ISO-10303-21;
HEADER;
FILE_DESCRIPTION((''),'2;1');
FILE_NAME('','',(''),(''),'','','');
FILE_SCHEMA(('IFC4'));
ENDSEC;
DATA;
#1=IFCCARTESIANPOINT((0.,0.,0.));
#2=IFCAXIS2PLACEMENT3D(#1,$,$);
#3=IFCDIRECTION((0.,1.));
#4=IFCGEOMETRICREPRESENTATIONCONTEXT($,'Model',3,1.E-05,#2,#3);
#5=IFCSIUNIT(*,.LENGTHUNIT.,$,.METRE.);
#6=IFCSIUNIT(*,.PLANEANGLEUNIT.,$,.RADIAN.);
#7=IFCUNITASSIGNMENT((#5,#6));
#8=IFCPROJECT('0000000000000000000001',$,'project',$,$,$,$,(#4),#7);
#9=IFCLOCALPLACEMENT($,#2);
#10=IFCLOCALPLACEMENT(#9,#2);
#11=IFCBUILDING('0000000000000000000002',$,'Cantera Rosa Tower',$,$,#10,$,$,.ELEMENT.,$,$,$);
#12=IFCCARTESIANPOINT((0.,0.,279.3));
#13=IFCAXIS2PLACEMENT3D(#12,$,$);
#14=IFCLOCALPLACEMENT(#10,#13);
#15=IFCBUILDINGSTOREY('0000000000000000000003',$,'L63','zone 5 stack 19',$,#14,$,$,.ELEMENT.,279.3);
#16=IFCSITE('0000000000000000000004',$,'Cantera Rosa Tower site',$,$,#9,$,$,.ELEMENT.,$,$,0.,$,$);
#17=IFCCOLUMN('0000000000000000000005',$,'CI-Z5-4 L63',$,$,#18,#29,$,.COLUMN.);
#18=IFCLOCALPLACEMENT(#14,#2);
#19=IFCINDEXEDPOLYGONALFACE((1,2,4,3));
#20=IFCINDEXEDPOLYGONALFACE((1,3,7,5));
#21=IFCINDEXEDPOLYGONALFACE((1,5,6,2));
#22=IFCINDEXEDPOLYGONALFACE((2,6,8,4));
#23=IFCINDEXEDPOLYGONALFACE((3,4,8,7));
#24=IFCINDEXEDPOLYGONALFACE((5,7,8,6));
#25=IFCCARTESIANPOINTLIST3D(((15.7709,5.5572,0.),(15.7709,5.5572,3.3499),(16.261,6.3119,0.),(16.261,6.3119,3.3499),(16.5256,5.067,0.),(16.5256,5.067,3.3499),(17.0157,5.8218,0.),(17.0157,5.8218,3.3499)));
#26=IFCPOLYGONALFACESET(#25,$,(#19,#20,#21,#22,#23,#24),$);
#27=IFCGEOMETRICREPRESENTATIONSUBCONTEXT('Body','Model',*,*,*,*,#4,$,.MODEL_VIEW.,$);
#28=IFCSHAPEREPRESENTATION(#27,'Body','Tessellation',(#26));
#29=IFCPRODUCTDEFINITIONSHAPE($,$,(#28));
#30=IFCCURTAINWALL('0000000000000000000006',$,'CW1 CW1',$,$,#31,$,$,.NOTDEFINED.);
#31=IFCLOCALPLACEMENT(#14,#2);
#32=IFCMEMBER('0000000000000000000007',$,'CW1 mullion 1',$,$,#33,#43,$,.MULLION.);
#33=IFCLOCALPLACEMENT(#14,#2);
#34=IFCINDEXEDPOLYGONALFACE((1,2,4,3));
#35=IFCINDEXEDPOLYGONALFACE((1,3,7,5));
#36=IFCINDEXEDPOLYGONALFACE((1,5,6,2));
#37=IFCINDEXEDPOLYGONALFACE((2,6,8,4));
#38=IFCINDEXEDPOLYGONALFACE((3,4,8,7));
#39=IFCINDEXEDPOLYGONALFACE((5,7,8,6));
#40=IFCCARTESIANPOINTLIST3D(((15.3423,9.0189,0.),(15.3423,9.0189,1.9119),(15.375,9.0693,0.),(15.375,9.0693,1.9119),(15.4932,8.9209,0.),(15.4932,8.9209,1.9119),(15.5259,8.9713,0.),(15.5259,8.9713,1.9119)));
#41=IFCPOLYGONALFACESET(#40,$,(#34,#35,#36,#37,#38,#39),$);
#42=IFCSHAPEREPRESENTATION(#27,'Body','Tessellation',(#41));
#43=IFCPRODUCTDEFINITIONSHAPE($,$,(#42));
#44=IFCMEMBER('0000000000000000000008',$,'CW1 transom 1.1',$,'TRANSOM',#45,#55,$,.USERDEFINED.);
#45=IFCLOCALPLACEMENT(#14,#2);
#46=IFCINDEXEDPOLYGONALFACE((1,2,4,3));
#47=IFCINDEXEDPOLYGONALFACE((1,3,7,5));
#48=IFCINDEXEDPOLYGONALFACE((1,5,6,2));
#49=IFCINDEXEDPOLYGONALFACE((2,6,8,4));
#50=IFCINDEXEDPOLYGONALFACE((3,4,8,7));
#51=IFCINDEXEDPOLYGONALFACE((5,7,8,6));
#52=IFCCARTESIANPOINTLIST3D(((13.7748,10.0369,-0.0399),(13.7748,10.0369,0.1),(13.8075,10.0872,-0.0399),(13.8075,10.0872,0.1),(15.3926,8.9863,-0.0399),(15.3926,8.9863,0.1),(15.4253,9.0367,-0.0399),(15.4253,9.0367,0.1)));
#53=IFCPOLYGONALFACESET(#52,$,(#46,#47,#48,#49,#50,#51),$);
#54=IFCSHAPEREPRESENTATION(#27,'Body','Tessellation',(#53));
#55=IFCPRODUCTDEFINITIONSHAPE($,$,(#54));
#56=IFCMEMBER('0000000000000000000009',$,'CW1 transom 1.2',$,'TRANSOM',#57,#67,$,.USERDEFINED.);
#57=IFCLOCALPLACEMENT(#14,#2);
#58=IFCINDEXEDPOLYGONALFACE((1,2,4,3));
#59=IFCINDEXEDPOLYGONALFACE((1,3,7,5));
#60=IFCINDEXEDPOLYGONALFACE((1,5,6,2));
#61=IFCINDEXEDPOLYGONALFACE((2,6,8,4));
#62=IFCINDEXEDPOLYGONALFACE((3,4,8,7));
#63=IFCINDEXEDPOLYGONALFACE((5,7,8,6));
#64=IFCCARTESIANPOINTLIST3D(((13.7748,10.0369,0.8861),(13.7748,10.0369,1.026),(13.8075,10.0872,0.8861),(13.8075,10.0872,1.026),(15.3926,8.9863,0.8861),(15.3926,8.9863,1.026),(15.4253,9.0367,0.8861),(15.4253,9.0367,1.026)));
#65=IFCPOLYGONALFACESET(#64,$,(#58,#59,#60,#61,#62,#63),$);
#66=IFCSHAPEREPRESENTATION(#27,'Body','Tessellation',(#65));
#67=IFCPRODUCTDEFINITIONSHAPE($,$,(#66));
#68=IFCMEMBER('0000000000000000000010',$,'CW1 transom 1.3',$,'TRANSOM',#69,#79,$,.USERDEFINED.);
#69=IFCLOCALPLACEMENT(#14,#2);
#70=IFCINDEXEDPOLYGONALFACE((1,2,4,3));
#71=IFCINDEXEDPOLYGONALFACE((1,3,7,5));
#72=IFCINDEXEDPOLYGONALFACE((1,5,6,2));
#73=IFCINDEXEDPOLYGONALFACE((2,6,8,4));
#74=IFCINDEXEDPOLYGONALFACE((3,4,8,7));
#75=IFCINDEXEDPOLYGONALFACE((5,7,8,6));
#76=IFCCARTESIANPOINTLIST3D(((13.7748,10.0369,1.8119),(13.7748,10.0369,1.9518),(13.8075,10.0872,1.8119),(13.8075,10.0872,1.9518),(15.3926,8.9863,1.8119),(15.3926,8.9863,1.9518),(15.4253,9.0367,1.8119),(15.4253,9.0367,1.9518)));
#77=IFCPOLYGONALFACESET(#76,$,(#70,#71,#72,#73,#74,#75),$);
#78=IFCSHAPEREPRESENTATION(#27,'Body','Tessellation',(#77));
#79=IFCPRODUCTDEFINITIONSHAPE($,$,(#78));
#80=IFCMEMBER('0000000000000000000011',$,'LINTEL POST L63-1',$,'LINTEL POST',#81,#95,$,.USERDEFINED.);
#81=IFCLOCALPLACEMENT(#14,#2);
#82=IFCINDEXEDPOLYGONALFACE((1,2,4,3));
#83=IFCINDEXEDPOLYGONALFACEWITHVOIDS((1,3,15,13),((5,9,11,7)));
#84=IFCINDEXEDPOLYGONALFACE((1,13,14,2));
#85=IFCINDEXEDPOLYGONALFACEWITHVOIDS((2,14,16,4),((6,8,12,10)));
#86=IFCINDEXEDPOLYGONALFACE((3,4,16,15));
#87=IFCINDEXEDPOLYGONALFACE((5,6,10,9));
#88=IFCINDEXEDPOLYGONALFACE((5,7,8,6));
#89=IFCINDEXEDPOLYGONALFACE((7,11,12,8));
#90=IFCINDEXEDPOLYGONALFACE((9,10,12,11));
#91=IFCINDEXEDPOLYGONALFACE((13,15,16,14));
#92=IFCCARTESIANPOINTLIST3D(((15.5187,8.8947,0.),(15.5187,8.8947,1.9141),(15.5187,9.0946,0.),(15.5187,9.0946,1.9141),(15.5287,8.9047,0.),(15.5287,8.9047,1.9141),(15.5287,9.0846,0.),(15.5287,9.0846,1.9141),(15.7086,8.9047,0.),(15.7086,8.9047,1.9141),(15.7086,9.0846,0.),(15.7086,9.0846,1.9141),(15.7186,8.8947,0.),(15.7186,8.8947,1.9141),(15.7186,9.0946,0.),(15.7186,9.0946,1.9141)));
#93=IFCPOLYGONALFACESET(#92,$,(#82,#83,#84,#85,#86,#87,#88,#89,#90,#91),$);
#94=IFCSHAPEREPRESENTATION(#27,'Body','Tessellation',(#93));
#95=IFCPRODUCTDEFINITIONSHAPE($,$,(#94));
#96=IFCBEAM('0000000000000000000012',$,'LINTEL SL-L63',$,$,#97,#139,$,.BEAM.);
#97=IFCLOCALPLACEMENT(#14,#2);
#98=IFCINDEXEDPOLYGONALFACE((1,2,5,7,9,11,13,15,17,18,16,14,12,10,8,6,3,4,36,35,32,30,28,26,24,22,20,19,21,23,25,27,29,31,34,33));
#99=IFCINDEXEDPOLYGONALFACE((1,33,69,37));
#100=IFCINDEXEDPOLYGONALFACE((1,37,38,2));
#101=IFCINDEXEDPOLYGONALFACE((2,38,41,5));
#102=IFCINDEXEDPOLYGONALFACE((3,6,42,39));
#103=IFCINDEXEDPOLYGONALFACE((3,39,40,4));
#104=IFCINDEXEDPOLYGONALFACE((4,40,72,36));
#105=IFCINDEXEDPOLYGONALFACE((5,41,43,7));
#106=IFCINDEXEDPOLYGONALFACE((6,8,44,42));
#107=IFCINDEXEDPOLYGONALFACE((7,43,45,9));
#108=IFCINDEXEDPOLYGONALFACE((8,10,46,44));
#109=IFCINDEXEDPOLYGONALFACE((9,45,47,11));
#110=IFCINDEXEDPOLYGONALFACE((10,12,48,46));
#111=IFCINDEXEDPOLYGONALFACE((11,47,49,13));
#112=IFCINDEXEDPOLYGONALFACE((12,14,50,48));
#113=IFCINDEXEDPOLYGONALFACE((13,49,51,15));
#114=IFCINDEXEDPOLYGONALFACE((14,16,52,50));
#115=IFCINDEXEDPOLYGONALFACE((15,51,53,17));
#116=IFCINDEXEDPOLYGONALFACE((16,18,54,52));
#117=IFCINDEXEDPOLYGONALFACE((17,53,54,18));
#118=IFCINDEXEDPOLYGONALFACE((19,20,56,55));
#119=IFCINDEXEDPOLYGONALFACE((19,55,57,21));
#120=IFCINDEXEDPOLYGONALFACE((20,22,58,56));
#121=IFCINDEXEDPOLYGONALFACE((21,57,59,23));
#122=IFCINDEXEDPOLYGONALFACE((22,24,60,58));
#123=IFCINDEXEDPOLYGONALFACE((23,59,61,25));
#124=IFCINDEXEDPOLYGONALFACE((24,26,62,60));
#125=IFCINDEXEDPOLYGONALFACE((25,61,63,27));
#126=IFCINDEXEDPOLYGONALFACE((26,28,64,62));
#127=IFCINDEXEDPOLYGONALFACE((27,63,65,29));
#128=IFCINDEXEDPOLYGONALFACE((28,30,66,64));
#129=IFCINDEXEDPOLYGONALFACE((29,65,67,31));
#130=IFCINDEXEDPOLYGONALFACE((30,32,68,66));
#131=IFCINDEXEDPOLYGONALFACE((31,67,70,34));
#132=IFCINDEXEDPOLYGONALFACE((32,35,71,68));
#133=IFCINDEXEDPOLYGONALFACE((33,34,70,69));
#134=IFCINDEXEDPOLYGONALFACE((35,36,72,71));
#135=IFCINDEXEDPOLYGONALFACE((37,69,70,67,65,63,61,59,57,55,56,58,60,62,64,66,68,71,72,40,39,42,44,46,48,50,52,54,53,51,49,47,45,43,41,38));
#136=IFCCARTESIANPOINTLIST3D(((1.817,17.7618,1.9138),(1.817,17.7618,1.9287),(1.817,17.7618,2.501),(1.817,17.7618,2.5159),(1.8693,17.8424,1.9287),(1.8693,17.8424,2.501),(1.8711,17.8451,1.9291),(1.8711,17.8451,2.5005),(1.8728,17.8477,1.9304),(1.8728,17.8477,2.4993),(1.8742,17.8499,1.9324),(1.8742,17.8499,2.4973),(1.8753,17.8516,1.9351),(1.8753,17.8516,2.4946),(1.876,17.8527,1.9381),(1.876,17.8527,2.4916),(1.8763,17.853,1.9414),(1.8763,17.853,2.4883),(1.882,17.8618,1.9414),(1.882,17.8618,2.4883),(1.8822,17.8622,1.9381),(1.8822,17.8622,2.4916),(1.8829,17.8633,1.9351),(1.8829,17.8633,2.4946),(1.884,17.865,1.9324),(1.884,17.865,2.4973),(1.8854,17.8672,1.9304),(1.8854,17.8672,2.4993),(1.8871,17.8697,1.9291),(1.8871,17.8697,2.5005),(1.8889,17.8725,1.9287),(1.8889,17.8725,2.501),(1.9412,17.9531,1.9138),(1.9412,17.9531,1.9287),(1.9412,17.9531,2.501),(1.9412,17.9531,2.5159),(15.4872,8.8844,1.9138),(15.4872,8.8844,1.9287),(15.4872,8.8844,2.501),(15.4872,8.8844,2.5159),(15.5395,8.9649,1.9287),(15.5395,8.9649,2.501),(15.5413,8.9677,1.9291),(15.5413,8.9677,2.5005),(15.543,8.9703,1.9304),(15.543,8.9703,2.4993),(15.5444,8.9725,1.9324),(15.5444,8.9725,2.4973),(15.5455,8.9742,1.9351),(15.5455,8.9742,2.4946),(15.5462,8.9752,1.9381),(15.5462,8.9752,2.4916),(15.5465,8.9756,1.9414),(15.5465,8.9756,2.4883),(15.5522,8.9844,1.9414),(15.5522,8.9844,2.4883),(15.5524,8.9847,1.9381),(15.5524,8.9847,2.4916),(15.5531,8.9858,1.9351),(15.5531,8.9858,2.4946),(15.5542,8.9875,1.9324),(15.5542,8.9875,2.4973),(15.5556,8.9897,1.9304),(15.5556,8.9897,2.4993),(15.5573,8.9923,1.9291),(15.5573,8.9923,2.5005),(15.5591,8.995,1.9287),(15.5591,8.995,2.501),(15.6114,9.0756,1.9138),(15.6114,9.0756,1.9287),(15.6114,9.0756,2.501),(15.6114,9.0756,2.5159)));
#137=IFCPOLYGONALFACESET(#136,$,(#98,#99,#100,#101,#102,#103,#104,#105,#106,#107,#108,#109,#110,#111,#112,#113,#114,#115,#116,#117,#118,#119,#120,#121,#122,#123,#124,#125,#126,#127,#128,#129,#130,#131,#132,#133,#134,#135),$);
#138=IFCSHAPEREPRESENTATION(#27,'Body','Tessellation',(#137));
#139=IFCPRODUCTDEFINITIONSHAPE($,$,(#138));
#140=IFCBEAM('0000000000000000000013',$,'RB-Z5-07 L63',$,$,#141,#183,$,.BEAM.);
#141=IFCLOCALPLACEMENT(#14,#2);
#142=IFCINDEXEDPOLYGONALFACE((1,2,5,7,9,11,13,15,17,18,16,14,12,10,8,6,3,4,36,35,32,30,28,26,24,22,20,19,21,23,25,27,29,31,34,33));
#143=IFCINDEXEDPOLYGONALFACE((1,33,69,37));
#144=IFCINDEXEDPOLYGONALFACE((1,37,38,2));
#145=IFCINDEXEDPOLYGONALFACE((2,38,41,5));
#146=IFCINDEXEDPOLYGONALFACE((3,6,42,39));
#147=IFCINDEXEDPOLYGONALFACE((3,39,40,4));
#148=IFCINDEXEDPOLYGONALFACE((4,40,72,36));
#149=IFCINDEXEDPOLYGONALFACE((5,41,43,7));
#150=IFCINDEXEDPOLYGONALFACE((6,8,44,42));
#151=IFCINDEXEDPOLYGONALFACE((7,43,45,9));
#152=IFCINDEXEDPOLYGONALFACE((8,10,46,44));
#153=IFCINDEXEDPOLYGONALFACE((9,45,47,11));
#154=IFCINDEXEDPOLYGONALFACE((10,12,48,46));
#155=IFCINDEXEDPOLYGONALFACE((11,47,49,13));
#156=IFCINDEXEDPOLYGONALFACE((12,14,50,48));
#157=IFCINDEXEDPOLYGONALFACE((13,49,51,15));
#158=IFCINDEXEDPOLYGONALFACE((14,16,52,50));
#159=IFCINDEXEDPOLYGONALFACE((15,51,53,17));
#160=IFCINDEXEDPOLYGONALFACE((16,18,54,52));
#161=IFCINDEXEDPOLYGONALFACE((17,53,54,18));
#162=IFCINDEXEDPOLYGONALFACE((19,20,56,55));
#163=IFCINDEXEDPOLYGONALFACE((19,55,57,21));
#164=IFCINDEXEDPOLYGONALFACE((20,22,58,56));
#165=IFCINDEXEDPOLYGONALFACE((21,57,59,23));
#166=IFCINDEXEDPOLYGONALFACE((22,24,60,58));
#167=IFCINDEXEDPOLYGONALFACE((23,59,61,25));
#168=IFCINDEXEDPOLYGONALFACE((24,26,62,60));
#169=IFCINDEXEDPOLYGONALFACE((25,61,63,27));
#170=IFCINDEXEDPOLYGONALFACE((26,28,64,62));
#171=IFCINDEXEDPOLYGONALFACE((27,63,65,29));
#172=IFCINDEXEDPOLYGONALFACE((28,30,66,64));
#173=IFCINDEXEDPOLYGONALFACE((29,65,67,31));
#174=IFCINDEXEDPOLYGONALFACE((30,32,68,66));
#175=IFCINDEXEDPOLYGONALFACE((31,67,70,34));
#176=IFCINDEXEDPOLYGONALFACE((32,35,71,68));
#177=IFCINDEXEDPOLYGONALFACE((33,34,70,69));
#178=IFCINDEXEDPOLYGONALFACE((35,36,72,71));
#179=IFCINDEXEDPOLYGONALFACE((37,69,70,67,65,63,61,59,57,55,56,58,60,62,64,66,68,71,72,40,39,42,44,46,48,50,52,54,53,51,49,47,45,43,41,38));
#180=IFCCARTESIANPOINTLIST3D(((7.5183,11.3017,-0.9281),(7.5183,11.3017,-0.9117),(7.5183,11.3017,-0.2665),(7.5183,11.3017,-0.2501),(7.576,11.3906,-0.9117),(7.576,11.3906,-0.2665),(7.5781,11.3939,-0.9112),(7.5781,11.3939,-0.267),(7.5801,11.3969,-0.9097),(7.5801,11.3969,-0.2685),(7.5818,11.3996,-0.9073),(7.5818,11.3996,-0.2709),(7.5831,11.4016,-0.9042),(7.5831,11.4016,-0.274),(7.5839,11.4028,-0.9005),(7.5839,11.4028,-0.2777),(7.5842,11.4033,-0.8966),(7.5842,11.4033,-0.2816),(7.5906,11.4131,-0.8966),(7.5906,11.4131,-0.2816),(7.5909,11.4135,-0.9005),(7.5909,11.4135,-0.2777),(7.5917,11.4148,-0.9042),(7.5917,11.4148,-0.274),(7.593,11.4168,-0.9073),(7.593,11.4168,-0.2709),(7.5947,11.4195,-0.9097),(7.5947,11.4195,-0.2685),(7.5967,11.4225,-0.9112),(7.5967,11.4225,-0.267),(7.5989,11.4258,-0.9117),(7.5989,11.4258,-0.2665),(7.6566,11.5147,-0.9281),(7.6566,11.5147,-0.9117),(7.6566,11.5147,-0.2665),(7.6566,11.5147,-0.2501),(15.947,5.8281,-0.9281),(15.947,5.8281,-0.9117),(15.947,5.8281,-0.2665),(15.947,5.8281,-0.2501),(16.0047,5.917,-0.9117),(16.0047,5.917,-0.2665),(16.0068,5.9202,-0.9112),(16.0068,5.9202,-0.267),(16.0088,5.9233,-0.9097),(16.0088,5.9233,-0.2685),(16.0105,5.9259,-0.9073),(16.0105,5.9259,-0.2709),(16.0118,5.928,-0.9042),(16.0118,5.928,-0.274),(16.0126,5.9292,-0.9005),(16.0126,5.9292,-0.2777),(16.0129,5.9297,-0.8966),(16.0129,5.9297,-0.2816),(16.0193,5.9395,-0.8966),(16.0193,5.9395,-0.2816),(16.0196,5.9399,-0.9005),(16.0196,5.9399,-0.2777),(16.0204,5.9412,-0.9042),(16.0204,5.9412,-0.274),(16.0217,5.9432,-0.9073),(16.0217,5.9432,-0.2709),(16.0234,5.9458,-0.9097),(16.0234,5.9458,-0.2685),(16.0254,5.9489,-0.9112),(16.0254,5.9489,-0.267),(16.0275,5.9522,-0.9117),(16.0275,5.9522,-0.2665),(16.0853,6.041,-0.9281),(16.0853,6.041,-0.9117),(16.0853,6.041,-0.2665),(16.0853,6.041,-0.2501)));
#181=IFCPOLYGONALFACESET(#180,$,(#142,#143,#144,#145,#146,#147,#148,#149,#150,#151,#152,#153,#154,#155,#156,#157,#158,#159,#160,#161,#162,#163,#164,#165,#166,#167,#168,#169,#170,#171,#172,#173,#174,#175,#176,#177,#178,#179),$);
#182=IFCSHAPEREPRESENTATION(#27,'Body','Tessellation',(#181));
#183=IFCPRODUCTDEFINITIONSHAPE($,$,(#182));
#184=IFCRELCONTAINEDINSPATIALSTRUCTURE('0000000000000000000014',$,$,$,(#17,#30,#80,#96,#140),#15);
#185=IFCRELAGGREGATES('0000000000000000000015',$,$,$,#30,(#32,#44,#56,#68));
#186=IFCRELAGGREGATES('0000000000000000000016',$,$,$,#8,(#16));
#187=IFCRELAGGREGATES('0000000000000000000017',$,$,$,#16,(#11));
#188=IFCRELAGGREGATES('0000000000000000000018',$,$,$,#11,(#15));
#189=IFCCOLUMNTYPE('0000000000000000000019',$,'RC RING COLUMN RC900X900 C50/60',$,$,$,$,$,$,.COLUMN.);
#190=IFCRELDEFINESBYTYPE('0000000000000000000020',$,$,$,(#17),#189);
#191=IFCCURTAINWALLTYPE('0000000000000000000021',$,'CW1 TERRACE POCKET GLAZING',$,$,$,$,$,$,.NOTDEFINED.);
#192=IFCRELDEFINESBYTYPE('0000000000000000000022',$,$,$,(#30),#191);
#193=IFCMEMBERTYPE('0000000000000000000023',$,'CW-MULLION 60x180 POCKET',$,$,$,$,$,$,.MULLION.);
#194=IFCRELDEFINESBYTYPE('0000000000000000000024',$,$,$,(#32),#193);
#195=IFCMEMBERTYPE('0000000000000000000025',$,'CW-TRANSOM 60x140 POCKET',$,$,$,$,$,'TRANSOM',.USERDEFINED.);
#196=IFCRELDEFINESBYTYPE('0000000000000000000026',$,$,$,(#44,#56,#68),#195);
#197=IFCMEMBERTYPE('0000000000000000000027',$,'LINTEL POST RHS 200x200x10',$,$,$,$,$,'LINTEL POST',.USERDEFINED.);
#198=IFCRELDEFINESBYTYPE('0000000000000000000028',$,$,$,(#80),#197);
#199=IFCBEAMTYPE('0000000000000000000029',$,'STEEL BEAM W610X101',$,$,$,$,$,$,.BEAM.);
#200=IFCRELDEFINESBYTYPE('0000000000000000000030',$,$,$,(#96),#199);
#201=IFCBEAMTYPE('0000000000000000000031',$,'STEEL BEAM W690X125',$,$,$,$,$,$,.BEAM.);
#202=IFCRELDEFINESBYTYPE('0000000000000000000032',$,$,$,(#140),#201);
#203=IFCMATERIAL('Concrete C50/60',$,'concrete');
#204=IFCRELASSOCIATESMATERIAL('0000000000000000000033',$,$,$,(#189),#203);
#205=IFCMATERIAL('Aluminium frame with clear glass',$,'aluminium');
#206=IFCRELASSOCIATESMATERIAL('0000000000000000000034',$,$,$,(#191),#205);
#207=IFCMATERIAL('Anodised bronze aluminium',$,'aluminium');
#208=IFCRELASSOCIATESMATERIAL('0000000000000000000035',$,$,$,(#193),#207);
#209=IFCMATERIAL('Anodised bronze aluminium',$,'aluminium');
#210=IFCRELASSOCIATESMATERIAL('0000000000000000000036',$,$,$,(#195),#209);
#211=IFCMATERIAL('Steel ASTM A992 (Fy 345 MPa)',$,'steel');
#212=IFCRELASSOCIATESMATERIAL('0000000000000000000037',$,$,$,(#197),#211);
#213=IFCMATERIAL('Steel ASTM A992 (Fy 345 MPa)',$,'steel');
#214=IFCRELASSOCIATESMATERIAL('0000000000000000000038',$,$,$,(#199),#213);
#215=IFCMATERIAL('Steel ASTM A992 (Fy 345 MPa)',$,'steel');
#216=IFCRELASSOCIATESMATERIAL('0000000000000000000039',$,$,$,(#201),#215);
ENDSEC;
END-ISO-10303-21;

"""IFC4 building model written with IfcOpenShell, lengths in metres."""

from ifc_helpers import new_model, si_unit, direction, frame, origin, origin_2d, place, context, subcontext, project, spatial, rectangle, hollow_rectangle, i_section, extrude, material, material_profile, profile_set, type_object, element, aggregate, save


model = new_model("IFC4")

# Units and contexts
model_context = context("Model", 3, precision=1e-05, world=origin(), true_north=direction((0.0, 1.0)))
body_context = subcontext(model_context, "Body", "Model", "MODEL_VIEW")
ifc_project = project(units=[si_unit("LENGTHUNIT", "METRE"), si_unit("PLANEANGLEUNIT", "RADIAN")], contexts=[model_context])

# Site, building, storey
site_placement = place(None, origin())
site = spatial("IfcSite", under=ifc_project, at=site_placement, Name="Cantera Rosa Tower site", CompositionType="ELEMENT", RefElevation=0.0)
building_placement = place(site_placement, origin())
building = spatial("IfcBuilding", under=site, at=building_placement, Name="Cantera Rosa Tower", CompositionType="ELEMENT")
storey_placement = place(building_placement, frame((0.0, 0.0, 279.3)))
storey = spatial("IfcBuildingStorey", under=building, at=storey_placement, Name="L63", Description="zone 5 stack 19", CompositionType="ELEMENT", Elevation=279.3)

# Column
ifc_material_1 = material(Name="Concrete C50/60", Category="concrete")
ifc_material_profile_1 = material_profile(ifc_material_1, rectangle(XDim=0.8999, YDim=0.8999, at=origin_2d()), Name="RC RING COLUMN RC900X900 C50/60")
ifc_profile_set_1 = profile_set([ifc_material_profile_1], Name="Concrete C50/60")
column_type = type_object("IfcColumnType", Name="RC RING COLUMN RC900X900 C50/60", PredefinedType="COLUMN", material=ifc_profile_set_1)
column_placement = place(storey_placement, frame((16.3933, 5.6895, 0.0), z_axis=(0.0, 0.0, 1.0), x_axis=(0.544639, 0.838671, 0.0)))
element("IfcColumn", 1, at=column_placement, inside=storey, type_object=column_type, Name="CI-Z5-4 L63", PredefinedType="COLUMN", context=body_context, shape_type="SweptSolid", body=[
    extrude(rectangle(XDim=0.8999, YDim=0.8999, at=origin_2d()), origin(), (0.0, 0.0, 1.0), 3.3499),
])

# Curtain wall, members
ifc_material_2 = material(Name="Aluminium frame with clear glass", Category="aluminium")
curtain_wall_type = type_object("IfcCurtainWallType", Name="CW1 TERRACE POCKET GLAZING", PredefinedType="NOTDEFINED", material=ifc_material_2)
curtain_wall_placement = place(storey_placement, origin())
curtain_wall = element("IfcCurtainWall", 2, at=curtain_wall_placement, inside=storey, type_object=curtain_wall_type, Name="CW1 CW1", PredefinedType="NOTDEFINED")
ifc_material_3 = material(Name="Anodised bronze aluminium", Category="aluminium")
ifc_material_profile_2 = material_profile(ifc_material_3, rectangle(XDim=0.0601, YDim=0.1799, at=origin_2d()), Name="CW-MULLION 60x180 POCKET")
ifc_profile_set_2 = profile_set([ifc_material_profile_2], Name="Anodised bronze aluminium")
member_type_1 = type_object("IfcMemberType", Name="CW-MULLION 60x180 POCKET", PredefinedType="MULLION", material=ifc_profile_set_2)
member_1_placement = place(storey_placement, frame((15.4341, 8.9951, 0.0), z_axis=(0.0, 0.0, 1.0), x_axis=(-0.544639, -0.838671, 0.0)))
member_1 = element("IfcMember", 3, at=member_1_placement, type_object=member_type_1, Name="CW1 mullion 1", PredefinedType="MULLION", context=body_context, shape_type="SweptSolid", body=[
    extrude(rectangle(XDim=0.0601, YDim=0.1799, at=origin_2d()), origin(), (0.0, 0.0, 1.0), 1.9119),
])
ifc_material_4 = material(Name="Anodised bronze aluminium", Category="aluminium")
ifc_material_profile_3 = material_profile(ifc_material_4, rectangle(XDim=0.0601, YDim=0.1399, at=origin_2d()), Name="CW-TRANSOM 60x140 POCKET")
ifc_profile_set_3 = profile_set([ifc_material_profile_3], Name="Anodised bronze aluminium")
member_type_2 = type_object("IfcMemberType", Name="CW-TRANSOM 60x140 POCKET", ElementType="TRANSOM", PredefinedType="USERDEFINED", material=ifc_profile_set_3)
member_2_placement = place(storey_placement, frame((15.4089, 9.0115, 0.03), z_axis=(-0.838669, 0.544641, 0.0), x_axis=(-0.544641, -0.838669, 0.0)))
member_2 = element("IfcMember", 4, at=member_2_placement, type_object=member_type_2, Name="CW1 transom 1.1", ObjectType="TRANSOM", PredefinedType="USERDEFINED", context=body_context, shape_type="SweptSolid", body=[
    extrude(rectangle(XDim=0.0601, YDim=0.1399, at=origin_2d()), origin(), (0.0, 0.0, 1.0), 1.929),
])
member_3_placement = place(storey_placement, frame((15.4089, 9.0115, 0.9561), z_axis=(-0.838669, 0.544641, 0.0), x_axis=(-0.544641, -0.838669, 0.0)))
member_3 = element("IfcMember", 5, at=member_3_placement, type_object=member_type_2, Name="CW1 transom 1.2", ObjectType="TRANSOM", PredefinedType="USERDEFINED", context=body_context, shape_type="SweptSolid", body=[
    extrude(rectangle(XDim=0.0601, YDim=0.1399, at=origin_2d()), origin(), (0.0, 0.0, 1.0), 1.929),
])
member_4_placement = place(storey_placement, frame((15.4089, 9.0115, 1.8818), z_axis=(-0.838669, 0.544641, 0.0), x_axis=(-0.544641, -0.838669, 0.0)))
member_4 = element("IfcMember", 6, at=member_4_placement, type_object=member_type_2, Name="CW1 transom 1.3", ObjectType="TRANSOM", PredefinedType="USERDEFINED", context=body_context, shape_type="SweptSolid", body=[
    extrude(rectangle(XDim=0.0601, YDim=0.1399, at=origin_2d()), origin(), (0.0, 0.0, 1.0), 1.929),
])

# Member
ifc_material_5 = material(Name="Steel ASTM A992 (Fy 345 MPa)", Category="steel")
ifc_material_profile_4 = material_profile(ifc_material_5, hollow_rectangle(XDim=0.2, YDim=0.2, WallThickness=0.01, at=origin_2d()), Name="LINTEL POST RHS 200x200x10")
ifc_profile_set_4 = profile_set([ifc_material_profile_4], Name="Steel ASTM A992 (Fy 345 MPa)")
member_type_3 = type_object("IfcMemberType", Name="LINTEL POST RHS 200x200x10", ElementType="LINTEL POST", PredefinedType="USERDEFINED", material=ifc_profile_set_4)
member_5_placement = place(storey_placement, frame((15.6187, 8.9946, 0.0), z_axis=(0.0, 0.0, 1.0), x_axis=(1.0, 0.0, 0.0)))
element("IfcMember", 7, at=member_5_placement, inside=storey, type_object=member_type_3, Name="LINTEL POST L63-1", ObjectType="LINTEL POST", PredefinedType="USERDEFINED", context=body_context, shape_type="SweptSolid", body=[
    extrude(hollow_rectangle(XDim=0.2, YDim=0.2, WallThickness=0.01, at=origin_2d()), origin(), (0.0, 0.0, 1.0), 1.9141),
])

# Beams
ifc_material_6 = material(Name="Steel ASTM A992 (Fy 345 MPa)", Category="steel")
ifc_material_profile_5 = material_profile(ifc_material_6, i_section(OverallWidth=0.228, OverallDepth=0.6021, WebThickness=0.0105, FlangeThickness=0.0149, FilletRadius=0.0127, at=origin_2d()), Name="W610X101")
ifc_profile_set_5 = profile_set([ifc_material_profile_5], Name="Steel ASTM A992 (Fy 345 MPa)")
beam_type_1 = type_object("IfcBeamType", Name="STEEL BEAM W610X101", PredefinedType="BEAM", material=ifc_profile_set_5)
beam_1_placement = place(storey_placement, frame((15.5493, 8.98, 2.2148), z_axis=(-0.838672, 0.544636, 0.0), x_axis=(-0.544636, -0.838672, 0.0)))
element("IfcBeam", 8, at=beam_1_placement, inside=storey, type_object=beam_type_1, Name="LINTEL SL-L63", PredefinedType="BEAM", context=body_context, shape_type="SweptSolid", body=[
    extrude(i_section(OverallWidth=0.228, OverallDepth=0.6021, WebThickness=0.0105, FlangeThickness=0.0149, FilletRadius=0.0127, at=origin_2d()), origin(), (0.0, 0.0, 1.0), 16.2998),
])
ifc_material_7 = material(Name="Steel ASTM A992 (Fy 345 MPa)", Category="steel")
ifc_material_profile_6 = material_profile(ifc_material_7, i_section(OverallWidth=0.2539, OverallDepth=0.678, WebThickness=0.0117, FlangeThickness=0.0164, FilletRadius=0.0151, at=origin_2d()), Name="W690X125")
ifc_profile_set_6 = profile_set([ifc_material_profile_6], Name="Steel ASTM A992 (Fy 345 MPa)")
beam_type_2 = type_object("IfcBeamType", Name="STEEL BEAM W690X125", PredefinedType="BEAM", material=ifc_profile_set_6)
beam_2_placement = place(storey_placement, frame((16.0161, 5.9346, -0.5891), z_axis=(-0.838672, 0.544637, 0.0), x_axis=(-0.544637, -0.838672, 0.0)))
element("IfcBeam", 9, at=beam_2_placement, inside=storey, type_object=beam_type_2, Name="RB-Z5-07 L63", PredefinedType="BEAM", context=body_context, shape_type="SweptSolid", body=[
    extrude(i_section(OverallWidth=0.2539, OverallDepth=0.678, WebThickness=0.0117, FlangeThickness=0.0164, FilletRadius=0.0151, at=origin_2d()), origin(), (0.0, 0.0, 1.0), 10.05),
])

aggregate(curtain_wall, [member_1, member_2, member_3, member_4])

save(model, "model.ifc")
